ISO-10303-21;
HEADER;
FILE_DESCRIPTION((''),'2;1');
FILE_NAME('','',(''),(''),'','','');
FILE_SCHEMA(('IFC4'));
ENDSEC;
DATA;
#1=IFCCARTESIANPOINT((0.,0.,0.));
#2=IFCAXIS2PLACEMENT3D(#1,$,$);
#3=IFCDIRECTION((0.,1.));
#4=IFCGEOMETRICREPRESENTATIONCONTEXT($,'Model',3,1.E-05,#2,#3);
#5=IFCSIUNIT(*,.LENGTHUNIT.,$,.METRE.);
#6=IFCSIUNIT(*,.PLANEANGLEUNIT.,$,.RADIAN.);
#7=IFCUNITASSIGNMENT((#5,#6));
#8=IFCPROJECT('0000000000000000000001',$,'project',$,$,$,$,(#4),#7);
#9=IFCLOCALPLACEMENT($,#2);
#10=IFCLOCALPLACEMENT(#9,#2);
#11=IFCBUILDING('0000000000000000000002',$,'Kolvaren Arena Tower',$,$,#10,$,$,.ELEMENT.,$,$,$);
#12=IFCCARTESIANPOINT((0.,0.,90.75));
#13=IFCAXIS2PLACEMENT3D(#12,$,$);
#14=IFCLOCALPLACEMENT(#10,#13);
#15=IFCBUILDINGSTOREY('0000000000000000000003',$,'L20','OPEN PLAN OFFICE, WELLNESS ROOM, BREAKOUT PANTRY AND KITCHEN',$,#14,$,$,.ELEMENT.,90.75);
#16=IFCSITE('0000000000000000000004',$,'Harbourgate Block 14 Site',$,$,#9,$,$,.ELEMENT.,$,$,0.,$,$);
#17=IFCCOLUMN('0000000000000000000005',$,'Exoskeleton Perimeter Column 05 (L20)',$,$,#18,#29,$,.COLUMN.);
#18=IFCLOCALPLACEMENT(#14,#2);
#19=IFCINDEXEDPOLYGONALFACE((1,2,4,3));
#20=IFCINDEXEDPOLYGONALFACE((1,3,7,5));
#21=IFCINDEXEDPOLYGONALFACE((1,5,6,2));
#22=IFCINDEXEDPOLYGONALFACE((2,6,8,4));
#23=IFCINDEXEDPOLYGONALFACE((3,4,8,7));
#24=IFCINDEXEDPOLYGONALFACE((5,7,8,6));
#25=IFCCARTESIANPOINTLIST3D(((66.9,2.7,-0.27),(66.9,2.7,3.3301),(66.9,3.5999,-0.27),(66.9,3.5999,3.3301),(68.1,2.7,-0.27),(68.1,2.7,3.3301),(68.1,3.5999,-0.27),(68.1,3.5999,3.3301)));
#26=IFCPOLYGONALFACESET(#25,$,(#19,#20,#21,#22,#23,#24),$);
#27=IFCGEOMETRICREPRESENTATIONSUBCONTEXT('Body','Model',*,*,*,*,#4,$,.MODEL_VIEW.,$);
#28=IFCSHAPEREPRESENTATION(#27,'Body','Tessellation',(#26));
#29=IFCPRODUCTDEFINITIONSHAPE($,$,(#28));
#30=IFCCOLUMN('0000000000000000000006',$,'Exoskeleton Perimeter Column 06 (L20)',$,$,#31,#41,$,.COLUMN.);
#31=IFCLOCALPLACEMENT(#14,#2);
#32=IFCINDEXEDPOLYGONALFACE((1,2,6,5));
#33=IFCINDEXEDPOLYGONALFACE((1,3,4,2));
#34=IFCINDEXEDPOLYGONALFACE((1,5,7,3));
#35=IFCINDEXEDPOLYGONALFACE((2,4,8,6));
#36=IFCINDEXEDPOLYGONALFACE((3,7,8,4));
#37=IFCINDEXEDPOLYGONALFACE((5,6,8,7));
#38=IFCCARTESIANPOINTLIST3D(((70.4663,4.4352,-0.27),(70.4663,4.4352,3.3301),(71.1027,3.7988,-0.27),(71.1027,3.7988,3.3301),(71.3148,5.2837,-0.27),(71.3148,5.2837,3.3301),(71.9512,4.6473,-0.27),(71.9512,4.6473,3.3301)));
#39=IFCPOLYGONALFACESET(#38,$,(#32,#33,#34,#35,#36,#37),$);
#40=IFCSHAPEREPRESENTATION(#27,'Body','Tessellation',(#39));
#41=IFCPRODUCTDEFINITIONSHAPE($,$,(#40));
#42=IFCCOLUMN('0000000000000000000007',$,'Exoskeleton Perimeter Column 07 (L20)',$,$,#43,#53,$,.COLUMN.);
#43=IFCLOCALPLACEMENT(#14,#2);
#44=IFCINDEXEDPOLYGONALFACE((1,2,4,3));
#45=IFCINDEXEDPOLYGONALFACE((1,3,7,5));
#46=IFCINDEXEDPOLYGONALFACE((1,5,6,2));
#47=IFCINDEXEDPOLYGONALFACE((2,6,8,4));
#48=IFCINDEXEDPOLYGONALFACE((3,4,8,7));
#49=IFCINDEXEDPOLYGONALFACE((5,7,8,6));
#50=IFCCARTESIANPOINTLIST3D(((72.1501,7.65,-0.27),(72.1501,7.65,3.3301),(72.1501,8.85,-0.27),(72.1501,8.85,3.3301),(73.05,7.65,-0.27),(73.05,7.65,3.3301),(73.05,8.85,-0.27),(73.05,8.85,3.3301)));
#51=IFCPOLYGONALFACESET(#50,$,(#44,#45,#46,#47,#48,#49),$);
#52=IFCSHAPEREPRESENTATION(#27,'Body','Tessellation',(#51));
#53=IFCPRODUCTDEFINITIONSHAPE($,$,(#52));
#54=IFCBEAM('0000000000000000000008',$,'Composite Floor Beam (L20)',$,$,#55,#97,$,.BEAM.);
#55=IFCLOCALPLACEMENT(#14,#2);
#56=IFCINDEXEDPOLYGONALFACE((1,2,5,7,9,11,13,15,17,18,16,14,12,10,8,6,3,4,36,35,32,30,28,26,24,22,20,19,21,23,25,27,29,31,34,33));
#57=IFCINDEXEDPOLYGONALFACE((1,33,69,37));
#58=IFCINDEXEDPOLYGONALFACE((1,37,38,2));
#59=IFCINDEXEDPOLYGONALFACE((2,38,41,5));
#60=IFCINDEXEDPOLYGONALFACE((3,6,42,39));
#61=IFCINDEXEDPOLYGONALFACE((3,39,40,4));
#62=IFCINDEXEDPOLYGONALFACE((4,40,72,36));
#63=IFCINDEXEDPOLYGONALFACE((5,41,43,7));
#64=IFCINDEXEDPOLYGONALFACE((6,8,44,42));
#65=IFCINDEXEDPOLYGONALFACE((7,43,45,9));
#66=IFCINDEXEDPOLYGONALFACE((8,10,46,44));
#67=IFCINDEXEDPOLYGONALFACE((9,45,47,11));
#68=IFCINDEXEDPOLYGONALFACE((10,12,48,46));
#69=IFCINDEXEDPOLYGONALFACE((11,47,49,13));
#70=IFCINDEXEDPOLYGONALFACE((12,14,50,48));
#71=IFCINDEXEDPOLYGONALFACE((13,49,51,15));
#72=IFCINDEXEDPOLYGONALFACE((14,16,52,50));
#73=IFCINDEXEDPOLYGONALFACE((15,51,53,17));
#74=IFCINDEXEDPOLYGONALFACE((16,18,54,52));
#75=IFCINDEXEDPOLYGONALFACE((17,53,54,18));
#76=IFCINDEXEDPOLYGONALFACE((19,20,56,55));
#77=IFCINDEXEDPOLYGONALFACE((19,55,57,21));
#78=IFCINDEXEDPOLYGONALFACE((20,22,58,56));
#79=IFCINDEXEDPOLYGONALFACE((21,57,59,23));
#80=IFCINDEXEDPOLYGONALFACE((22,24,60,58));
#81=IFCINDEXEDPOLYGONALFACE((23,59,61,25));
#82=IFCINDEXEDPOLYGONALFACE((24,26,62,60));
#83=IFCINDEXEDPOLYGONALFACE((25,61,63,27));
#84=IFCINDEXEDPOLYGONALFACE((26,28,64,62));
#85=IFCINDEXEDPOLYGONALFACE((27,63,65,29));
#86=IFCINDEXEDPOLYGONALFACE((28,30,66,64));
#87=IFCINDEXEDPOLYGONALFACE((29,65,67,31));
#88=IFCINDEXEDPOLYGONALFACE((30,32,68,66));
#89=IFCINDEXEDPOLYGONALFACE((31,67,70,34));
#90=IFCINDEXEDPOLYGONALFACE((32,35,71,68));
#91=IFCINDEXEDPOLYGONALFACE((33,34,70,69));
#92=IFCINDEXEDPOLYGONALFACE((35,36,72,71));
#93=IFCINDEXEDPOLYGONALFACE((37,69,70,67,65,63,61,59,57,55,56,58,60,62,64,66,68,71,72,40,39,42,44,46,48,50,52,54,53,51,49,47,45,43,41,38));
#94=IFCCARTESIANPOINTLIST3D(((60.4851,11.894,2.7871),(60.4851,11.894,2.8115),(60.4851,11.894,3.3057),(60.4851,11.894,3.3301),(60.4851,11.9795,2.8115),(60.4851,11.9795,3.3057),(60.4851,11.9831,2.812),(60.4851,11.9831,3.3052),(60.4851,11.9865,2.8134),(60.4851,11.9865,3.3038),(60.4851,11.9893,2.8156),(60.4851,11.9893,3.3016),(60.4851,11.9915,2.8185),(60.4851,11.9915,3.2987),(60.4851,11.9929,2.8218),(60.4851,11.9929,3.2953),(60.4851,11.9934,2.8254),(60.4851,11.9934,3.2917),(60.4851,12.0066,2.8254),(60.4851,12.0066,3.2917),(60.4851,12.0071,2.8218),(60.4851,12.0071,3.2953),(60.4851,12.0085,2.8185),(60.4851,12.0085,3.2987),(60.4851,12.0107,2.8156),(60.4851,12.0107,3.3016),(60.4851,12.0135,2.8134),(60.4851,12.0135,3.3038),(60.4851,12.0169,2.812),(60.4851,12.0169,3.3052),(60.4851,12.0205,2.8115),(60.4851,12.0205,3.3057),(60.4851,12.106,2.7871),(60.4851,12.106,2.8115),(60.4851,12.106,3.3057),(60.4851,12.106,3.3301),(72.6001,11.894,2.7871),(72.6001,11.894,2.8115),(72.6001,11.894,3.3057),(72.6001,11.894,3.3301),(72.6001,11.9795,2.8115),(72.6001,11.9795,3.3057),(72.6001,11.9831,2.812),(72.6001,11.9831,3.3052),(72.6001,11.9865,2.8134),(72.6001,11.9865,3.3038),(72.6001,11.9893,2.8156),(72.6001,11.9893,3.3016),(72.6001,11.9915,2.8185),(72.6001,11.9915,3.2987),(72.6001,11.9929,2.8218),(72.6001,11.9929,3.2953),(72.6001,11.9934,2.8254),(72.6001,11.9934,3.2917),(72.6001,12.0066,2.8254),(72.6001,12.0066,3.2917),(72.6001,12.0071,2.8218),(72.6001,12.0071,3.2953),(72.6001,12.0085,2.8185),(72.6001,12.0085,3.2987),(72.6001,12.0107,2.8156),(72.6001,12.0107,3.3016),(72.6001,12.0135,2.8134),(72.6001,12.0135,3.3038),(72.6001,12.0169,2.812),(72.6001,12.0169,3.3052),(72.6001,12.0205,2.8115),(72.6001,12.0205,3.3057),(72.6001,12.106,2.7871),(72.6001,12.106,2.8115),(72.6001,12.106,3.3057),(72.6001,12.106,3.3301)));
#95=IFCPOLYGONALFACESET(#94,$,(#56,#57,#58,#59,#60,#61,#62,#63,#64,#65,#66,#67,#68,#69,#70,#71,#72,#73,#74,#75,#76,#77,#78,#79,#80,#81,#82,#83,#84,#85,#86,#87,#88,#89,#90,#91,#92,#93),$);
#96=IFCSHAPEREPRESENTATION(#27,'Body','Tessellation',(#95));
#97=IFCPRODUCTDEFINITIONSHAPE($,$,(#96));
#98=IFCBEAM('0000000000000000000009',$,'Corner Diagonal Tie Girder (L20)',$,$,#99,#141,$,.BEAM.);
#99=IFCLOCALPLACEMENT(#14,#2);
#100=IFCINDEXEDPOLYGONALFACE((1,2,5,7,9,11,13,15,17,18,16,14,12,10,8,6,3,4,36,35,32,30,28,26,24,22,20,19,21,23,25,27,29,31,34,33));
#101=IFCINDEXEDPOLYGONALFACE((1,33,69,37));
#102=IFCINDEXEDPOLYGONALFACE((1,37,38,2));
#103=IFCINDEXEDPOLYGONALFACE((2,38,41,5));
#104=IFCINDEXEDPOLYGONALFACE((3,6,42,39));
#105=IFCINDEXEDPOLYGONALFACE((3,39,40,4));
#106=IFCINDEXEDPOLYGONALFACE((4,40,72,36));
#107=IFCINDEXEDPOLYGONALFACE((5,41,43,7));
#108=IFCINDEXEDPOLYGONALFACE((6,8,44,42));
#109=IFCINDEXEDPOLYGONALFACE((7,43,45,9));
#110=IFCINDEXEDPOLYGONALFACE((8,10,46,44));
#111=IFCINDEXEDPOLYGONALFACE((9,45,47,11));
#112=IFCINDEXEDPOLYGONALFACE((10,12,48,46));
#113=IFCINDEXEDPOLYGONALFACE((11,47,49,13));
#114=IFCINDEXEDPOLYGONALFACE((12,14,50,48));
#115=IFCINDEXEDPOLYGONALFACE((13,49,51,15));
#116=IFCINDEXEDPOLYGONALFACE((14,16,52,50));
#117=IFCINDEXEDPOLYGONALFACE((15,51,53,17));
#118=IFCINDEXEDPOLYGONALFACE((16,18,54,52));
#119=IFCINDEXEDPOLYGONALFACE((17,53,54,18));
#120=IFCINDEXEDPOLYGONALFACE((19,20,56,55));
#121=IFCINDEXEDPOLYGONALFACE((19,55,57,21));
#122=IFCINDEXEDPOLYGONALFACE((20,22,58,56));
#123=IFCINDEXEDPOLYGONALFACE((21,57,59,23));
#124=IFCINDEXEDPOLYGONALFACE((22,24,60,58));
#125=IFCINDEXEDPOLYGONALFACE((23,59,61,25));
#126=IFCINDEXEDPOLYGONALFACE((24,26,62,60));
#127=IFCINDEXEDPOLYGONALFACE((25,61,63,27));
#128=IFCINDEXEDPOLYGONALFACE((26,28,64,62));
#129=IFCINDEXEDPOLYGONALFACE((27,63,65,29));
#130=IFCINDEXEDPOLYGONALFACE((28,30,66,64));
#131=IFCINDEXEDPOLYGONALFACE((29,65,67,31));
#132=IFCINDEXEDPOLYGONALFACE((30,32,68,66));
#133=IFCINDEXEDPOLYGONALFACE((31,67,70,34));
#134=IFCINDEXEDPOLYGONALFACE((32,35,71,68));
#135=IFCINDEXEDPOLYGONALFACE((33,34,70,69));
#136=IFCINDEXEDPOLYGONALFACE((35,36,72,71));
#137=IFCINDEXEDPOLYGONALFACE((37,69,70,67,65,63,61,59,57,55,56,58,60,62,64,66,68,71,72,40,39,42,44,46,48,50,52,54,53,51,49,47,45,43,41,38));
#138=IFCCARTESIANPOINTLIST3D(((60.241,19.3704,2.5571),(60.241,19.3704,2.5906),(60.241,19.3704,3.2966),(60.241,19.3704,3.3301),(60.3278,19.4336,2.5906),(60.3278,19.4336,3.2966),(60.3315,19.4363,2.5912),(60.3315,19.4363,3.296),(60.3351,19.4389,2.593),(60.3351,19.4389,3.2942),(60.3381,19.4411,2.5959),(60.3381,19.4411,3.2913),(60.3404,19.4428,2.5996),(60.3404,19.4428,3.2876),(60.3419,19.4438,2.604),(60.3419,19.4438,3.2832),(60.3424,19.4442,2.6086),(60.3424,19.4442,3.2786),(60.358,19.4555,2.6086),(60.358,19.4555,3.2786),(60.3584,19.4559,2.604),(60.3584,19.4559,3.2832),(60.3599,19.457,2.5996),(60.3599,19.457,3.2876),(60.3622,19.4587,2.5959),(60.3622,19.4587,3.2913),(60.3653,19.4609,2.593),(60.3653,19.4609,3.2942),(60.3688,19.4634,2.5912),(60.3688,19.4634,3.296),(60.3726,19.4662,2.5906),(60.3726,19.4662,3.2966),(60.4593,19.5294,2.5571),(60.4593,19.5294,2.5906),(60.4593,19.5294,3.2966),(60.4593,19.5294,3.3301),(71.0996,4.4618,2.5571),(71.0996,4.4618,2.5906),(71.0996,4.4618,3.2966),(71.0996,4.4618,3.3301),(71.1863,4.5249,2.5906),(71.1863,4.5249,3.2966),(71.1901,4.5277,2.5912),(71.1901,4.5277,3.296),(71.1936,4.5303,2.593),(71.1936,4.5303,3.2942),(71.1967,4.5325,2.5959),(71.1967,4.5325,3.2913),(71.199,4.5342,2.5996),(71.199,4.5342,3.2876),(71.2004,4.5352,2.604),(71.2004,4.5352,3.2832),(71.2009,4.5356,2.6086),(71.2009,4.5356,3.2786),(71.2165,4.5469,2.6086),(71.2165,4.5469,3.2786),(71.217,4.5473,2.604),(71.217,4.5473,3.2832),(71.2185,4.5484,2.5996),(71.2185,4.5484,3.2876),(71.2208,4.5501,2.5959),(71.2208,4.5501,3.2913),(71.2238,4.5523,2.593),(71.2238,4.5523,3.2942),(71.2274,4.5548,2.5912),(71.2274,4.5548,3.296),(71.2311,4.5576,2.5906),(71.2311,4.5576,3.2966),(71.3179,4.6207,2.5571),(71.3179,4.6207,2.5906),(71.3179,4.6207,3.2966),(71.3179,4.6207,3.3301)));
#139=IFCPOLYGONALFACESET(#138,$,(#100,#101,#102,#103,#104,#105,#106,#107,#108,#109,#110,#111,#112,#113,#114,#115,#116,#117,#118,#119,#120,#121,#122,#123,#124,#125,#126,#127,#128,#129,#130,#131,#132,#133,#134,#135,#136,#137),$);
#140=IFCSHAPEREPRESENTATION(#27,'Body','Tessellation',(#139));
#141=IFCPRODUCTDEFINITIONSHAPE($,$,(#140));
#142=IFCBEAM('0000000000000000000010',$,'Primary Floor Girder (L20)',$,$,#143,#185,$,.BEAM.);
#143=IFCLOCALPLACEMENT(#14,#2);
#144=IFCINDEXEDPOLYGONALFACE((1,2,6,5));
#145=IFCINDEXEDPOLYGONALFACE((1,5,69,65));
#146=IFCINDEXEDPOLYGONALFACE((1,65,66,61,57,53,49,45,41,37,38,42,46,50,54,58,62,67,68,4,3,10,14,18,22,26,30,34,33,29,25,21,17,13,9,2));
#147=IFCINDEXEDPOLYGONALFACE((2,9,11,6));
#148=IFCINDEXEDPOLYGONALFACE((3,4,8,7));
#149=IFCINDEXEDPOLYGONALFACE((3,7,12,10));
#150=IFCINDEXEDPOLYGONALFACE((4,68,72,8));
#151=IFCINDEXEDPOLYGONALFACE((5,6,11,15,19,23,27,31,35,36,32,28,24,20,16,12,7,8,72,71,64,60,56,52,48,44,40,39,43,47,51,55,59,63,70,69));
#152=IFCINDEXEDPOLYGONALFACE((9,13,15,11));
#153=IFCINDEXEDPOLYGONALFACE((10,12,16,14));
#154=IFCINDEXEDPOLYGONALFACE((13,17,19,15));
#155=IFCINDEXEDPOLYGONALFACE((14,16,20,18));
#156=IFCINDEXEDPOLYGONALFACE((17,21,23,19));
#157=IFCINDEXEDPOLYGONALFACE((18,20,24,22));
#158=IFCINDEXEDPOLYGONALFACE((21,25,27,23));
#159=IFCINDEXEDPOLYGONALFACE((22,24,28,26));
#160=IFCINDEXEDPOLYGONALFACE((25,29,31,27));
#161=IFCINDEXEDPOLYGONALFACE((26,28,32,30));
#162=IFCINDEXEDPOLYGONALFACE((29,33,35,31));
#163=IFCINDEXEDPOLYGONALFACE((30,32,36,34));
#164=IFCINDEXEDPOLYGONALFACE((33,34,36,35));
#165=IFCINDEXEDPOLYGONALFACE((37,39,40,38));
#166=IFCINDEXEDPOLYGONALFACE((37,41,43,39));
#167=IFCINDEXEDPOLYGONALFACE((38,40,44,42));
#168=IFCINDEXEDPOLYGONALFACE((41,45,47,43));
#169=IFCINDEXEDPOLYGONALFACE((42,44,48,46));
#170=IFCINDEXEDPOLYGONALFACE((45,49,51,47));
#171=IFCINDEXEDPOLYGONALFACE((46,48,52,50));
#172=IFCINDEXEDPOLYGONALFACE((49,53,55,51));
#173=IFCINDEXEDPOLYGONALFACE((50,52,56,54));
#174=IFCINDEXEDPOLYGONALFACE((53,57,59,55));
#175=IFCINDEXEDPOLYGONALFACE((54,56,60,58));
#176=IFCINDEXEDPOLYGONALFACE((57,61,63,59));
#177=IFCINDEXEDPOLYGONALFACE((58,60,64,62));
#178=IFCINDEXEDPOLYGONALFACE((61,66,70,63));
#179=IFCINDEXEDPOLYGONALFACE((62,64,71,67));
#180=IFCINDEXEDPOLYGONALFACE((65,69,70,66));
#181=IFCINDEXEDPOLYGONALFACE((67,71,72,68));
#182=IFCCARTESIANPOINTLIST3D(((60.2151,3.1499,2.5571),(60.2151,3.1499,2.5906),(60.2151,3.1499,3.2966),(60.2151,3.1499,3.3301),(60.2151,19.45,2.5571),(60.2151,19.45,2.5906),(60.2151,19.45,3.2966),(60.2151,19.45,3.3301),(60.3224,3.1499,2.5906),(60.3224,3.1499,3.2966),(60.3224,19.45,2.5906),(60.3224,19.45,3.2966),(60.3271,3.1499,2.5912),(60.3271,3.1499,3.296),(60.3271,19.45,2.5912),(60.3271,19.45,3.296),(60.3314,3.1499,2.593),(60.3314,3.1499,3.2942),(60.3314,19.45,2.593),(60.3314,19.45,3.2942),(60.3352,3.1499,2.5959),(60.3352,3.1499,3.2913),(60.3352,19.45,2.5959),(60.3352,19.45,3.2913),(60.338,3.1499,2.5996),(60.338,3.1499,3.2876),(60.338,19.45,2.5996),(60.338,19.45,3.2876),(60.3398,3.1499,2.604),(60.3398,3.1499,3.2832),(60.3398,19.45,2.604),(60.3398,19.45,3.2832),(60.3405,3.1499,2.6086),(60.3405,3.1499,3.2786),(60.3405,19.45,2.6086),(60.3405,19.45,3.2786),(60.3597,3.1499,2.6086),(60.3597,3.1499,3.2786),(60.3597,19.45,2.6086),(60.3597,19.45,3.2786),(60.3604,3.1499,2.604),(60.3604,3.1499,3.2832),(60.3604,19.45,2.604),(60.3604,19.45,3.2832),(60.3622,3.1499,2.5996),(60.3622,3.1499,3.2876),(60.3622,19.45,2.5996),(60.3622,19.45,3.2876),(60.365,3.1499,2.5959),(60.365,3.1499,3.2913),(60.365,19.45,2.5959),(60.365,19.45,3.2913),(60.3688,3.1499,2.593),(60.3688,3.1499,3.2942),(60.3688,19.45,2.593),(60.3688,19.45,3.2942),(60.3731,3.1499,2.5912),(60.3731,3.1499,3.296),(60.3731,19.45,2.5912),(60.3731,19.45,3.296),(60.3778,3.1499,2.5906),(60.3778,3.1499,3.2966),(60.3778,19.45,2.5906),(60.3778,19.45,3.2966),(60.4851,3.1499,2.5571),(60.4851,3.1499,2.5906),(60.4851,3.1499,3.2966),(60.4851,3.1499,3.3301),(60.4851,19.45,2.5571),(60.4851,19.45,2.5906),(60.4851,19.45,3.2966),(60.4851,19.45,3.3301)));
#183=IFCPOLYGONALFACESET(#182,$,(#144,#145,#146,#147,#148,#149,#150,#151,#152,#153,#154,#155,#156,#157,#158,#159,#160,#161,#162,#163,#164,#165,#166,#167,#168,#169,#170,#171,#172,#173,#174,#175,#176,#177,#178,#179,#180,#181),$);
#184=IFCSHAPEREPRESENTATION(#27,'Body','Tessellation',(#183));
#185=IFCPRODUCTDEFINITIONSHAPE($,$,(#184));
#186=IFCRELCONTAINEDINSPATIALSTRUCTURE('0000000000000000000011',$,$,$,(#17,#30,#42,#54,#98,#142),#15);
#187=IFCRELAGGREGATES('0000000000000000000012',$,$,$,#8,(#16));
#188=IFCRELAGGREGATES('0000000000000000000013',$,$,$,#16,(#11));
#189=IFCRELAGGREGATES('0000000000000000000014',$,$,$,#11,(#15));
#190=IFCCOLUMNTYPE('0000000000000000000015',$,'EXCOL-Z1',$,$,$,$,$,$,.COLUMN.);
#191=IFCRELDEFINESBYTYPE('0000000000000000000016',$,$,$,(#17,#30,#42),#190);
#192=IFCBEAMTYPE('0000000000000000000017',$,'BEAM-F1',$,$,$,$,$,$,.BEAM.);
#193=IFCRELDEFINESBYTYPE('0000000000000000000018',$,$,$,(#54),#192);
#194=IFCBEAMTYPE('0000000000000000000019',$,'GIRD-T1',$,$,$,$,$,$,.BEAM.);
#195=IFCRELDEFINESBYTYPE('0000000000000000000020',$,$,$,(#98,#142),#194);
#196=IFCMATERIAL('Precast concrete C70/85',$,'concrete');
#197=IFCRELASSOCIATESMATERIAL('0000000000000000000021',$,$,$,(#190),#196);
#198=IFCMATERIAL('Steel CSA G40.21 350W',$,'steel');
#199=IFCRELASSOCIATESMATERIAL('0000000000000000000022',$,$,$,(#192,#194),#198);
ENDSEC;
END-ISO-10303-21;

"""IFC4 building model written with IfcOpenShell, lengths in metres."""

from ifc_helpers import new_model, si_unit, direction, frame, origin, origin_2d, place, context, subcontext, project, spatial, rectangle, i_section, extrude, material, material_profile, profile_set, type_object, element, save


model = new_model("IFC4")

# Units and contexts
model_context = context("Model", 3, precision=1e-05, world=origin(), true_north=direction((0.0, 1.0)))
body_context = subcontext(model_context, "Body", "Model", "MODEL_VIEW")
ifc_project = project(units=[si_unit("LENGTHUNIT", "METRE"), si_unit("PLANEANGLEUNIT", "RADIAN")], contexts=[model_context])

# Site, building, storey
site_placement = place(None, origin())
site = spatial("IfcSite", under=ifc_project, at=site_placement, Name="Harbourgate Block 14 Site", CompositionType="ELEMENT", RefElevation=0.0)
building_placement = place(site_placement, origin())
building = spatial("IfcBuilding", under=site, at=building_placement, Name="Kolvaren Arena Tower", CompositionType="ELEMENT")
storey_placement = place(building_placement, frame((0.0, 0.0, 90.75)))
storey = spatial("IfcBuildingStorey", under=building, at=storey_placement, Name="L20", Description="OPEN PLAN OFFICE, WELLNESS ROOM, BREAKOUT PANTRY AND KITCHEN", CompositionType="ELEMENT", Elevation=90.75)

# Columns
ifc_material_1 = material(Name="Precast concrete C70/85", Category="concrete")
ifc_material_profile_1 = material_profile(ifc_material_1, rectangle(XDim=1.2, YDim=0.8999, at=origin_2d()), Name="RC-1200x900")
ifc_profile_set_1 = profile_set([ifc_material_profile_1], Name="Precast concrete C70/85")
column_type = type_object("IfcColumnType", Name="EXCOL-Z1", PredefinedType="COLUMN", material=ifc_profile_set_1)
for number, where, z_axis, x_axis, name in (
    (1, (67.5, 3.1499, -0.27), (0.0, 0.0, 1.0), (1.0, 0.0, 0.0), "Exoskeleton Perimeter Column 05 (L20)"),
    (2, (71.2087, 4.5413, -0.27), (0.0, 0.0, 1.0), (0.707107, 0.707107, 0.0), "Exoskeleton Perimeter Column 06 (L20)"),
    (3, (72.6001, 8.25, -0.27), (0.0, 0.0, 1.0), (0.0, 1.0, 0.0), "Exoskeleton Perimeter Column 07 (L20)"),
):
    element("IfcColumn", number, at=place(storey_placement, frame(where, z_axis=z_axis, x_axis=x_axis)), inside=storey, type_object=column_type, Name=name, PredefinedType="COLUMN", context=body_context, shape_type="SweptSolid", body=[
        extrude(rectangle(XDim=1.2, YDim=0.8999, at=origin_2d()), origin(), (0.0, 0.0, 1.0), 3.6001),
    ])

# Beams
ifc_material_2 = material(Name="Steel CSA G40.21 350W", Category="steel")
ifc_material_profile_2 = material_profile(ifc_material_2, i_section(OverallWidth=0.2119, OverallDepth=0.543, WebThickness=0.0132, FlangeThickness=0.0244, FilletRadius=0.0139, at=origin_2d()), Name="W530x150")
ifc_profile_set_2 = profile_set([ifc_material_profile_2], Name="Steel CSA G40.21 350W")
beam_type_1 = type_object("IfcBeamType", Name="BEAM-F1", PredefinedType="BEAM", material=ifc_profile_set_2)
beam_1_placement = place(storey_placement, frame((60.4851, 12.0, 3.0586), z_axis=(1.0, 0.0, 0.0), x_axis=(0.0, 1.0, 0.0)))
element("IfcBeam", 4, at=beam_1_placement, inside=storey, type_object=beam_type_1, Name="Composite Floor Beam (L20)", PredefinedType="BEAM", context=body_context, shape_type="SweptSolid", body=[
    extrude(i_section(OverallWidth=0.2119, OverallDepth=0.543, WebThickness=0.0132, FlangeThickness=0.0244, FilletRadius=0.0139, at=origin_2d()), origin(), (0.0, 0.0, 1.0), 12.115),
])
ifc_material_profile_3 = material_profile(ifc_material_2, i_section(OverallWidth=0.27, OverallDepth=0.7729, WebThickness=0.0193, FlangeThickness=0.0334, FilletRadius=0.0181, at=origin_2d()), Name="W760x257")
ifc_profile_set_3 = profile_set([ifc_material_profile_3], Name="Steel CSA G40.21 350W")
beam_type_2 = type_object("IfcBeamType", Name="GIRD-T1", PredefinedType="BEAM", material=ifc_profile_set_3)
beam_2_placement = place(storey_placement, frame((71.2087, 4.5413, 2.9436), z_axis=(-0.588737, 0.808324, 0.0), x_axis=(-0.808324, -0.588737, 0.0)))
element("IfcBeam", 5, at=beam_2_placement, inside=storey, type_object=beam_type_2, Name="Corner Diagonal Tie Girder (L20)", PredefinedType="BEAM", context=body_context, shape_type="SweptSolid", body=[
    extrude(i_section(OverallWidth=0.27, OverallDepth=0.7729, WebThickness=0.0193, FlangeThickness=0.0334, FilletRadius=0.0181, at=origin_2d()), origin(), (0.0, 0.0, 1.0), 18.4438),
])
beam_3_placement = place(storey_placement, frame((60.3501, 3.1499, 2.9436), z_axis=(0.0, 1.0, 0.0), x_axis=(-1.0, 0.0, 0.0)))
element("IfcBeam", 6, at=beam_3_placement, inside=storey, type_object=beam_type_2, Name="Primary Floor Girder (L20)", PredefinedType="BEAM", context=body_context, shape_type="SweptSolid", body=[
    extrude(i_section(OverallWidth=0.27, OverallDepth=0.7729, WebThickness=0.0193, FlangeThickness=0.0334, FilletRadius=0.0181, at=origin_2d()), origin(), (0.0, 0.0, 1.0), 16.3),
])

save(model, "model.ifc")
